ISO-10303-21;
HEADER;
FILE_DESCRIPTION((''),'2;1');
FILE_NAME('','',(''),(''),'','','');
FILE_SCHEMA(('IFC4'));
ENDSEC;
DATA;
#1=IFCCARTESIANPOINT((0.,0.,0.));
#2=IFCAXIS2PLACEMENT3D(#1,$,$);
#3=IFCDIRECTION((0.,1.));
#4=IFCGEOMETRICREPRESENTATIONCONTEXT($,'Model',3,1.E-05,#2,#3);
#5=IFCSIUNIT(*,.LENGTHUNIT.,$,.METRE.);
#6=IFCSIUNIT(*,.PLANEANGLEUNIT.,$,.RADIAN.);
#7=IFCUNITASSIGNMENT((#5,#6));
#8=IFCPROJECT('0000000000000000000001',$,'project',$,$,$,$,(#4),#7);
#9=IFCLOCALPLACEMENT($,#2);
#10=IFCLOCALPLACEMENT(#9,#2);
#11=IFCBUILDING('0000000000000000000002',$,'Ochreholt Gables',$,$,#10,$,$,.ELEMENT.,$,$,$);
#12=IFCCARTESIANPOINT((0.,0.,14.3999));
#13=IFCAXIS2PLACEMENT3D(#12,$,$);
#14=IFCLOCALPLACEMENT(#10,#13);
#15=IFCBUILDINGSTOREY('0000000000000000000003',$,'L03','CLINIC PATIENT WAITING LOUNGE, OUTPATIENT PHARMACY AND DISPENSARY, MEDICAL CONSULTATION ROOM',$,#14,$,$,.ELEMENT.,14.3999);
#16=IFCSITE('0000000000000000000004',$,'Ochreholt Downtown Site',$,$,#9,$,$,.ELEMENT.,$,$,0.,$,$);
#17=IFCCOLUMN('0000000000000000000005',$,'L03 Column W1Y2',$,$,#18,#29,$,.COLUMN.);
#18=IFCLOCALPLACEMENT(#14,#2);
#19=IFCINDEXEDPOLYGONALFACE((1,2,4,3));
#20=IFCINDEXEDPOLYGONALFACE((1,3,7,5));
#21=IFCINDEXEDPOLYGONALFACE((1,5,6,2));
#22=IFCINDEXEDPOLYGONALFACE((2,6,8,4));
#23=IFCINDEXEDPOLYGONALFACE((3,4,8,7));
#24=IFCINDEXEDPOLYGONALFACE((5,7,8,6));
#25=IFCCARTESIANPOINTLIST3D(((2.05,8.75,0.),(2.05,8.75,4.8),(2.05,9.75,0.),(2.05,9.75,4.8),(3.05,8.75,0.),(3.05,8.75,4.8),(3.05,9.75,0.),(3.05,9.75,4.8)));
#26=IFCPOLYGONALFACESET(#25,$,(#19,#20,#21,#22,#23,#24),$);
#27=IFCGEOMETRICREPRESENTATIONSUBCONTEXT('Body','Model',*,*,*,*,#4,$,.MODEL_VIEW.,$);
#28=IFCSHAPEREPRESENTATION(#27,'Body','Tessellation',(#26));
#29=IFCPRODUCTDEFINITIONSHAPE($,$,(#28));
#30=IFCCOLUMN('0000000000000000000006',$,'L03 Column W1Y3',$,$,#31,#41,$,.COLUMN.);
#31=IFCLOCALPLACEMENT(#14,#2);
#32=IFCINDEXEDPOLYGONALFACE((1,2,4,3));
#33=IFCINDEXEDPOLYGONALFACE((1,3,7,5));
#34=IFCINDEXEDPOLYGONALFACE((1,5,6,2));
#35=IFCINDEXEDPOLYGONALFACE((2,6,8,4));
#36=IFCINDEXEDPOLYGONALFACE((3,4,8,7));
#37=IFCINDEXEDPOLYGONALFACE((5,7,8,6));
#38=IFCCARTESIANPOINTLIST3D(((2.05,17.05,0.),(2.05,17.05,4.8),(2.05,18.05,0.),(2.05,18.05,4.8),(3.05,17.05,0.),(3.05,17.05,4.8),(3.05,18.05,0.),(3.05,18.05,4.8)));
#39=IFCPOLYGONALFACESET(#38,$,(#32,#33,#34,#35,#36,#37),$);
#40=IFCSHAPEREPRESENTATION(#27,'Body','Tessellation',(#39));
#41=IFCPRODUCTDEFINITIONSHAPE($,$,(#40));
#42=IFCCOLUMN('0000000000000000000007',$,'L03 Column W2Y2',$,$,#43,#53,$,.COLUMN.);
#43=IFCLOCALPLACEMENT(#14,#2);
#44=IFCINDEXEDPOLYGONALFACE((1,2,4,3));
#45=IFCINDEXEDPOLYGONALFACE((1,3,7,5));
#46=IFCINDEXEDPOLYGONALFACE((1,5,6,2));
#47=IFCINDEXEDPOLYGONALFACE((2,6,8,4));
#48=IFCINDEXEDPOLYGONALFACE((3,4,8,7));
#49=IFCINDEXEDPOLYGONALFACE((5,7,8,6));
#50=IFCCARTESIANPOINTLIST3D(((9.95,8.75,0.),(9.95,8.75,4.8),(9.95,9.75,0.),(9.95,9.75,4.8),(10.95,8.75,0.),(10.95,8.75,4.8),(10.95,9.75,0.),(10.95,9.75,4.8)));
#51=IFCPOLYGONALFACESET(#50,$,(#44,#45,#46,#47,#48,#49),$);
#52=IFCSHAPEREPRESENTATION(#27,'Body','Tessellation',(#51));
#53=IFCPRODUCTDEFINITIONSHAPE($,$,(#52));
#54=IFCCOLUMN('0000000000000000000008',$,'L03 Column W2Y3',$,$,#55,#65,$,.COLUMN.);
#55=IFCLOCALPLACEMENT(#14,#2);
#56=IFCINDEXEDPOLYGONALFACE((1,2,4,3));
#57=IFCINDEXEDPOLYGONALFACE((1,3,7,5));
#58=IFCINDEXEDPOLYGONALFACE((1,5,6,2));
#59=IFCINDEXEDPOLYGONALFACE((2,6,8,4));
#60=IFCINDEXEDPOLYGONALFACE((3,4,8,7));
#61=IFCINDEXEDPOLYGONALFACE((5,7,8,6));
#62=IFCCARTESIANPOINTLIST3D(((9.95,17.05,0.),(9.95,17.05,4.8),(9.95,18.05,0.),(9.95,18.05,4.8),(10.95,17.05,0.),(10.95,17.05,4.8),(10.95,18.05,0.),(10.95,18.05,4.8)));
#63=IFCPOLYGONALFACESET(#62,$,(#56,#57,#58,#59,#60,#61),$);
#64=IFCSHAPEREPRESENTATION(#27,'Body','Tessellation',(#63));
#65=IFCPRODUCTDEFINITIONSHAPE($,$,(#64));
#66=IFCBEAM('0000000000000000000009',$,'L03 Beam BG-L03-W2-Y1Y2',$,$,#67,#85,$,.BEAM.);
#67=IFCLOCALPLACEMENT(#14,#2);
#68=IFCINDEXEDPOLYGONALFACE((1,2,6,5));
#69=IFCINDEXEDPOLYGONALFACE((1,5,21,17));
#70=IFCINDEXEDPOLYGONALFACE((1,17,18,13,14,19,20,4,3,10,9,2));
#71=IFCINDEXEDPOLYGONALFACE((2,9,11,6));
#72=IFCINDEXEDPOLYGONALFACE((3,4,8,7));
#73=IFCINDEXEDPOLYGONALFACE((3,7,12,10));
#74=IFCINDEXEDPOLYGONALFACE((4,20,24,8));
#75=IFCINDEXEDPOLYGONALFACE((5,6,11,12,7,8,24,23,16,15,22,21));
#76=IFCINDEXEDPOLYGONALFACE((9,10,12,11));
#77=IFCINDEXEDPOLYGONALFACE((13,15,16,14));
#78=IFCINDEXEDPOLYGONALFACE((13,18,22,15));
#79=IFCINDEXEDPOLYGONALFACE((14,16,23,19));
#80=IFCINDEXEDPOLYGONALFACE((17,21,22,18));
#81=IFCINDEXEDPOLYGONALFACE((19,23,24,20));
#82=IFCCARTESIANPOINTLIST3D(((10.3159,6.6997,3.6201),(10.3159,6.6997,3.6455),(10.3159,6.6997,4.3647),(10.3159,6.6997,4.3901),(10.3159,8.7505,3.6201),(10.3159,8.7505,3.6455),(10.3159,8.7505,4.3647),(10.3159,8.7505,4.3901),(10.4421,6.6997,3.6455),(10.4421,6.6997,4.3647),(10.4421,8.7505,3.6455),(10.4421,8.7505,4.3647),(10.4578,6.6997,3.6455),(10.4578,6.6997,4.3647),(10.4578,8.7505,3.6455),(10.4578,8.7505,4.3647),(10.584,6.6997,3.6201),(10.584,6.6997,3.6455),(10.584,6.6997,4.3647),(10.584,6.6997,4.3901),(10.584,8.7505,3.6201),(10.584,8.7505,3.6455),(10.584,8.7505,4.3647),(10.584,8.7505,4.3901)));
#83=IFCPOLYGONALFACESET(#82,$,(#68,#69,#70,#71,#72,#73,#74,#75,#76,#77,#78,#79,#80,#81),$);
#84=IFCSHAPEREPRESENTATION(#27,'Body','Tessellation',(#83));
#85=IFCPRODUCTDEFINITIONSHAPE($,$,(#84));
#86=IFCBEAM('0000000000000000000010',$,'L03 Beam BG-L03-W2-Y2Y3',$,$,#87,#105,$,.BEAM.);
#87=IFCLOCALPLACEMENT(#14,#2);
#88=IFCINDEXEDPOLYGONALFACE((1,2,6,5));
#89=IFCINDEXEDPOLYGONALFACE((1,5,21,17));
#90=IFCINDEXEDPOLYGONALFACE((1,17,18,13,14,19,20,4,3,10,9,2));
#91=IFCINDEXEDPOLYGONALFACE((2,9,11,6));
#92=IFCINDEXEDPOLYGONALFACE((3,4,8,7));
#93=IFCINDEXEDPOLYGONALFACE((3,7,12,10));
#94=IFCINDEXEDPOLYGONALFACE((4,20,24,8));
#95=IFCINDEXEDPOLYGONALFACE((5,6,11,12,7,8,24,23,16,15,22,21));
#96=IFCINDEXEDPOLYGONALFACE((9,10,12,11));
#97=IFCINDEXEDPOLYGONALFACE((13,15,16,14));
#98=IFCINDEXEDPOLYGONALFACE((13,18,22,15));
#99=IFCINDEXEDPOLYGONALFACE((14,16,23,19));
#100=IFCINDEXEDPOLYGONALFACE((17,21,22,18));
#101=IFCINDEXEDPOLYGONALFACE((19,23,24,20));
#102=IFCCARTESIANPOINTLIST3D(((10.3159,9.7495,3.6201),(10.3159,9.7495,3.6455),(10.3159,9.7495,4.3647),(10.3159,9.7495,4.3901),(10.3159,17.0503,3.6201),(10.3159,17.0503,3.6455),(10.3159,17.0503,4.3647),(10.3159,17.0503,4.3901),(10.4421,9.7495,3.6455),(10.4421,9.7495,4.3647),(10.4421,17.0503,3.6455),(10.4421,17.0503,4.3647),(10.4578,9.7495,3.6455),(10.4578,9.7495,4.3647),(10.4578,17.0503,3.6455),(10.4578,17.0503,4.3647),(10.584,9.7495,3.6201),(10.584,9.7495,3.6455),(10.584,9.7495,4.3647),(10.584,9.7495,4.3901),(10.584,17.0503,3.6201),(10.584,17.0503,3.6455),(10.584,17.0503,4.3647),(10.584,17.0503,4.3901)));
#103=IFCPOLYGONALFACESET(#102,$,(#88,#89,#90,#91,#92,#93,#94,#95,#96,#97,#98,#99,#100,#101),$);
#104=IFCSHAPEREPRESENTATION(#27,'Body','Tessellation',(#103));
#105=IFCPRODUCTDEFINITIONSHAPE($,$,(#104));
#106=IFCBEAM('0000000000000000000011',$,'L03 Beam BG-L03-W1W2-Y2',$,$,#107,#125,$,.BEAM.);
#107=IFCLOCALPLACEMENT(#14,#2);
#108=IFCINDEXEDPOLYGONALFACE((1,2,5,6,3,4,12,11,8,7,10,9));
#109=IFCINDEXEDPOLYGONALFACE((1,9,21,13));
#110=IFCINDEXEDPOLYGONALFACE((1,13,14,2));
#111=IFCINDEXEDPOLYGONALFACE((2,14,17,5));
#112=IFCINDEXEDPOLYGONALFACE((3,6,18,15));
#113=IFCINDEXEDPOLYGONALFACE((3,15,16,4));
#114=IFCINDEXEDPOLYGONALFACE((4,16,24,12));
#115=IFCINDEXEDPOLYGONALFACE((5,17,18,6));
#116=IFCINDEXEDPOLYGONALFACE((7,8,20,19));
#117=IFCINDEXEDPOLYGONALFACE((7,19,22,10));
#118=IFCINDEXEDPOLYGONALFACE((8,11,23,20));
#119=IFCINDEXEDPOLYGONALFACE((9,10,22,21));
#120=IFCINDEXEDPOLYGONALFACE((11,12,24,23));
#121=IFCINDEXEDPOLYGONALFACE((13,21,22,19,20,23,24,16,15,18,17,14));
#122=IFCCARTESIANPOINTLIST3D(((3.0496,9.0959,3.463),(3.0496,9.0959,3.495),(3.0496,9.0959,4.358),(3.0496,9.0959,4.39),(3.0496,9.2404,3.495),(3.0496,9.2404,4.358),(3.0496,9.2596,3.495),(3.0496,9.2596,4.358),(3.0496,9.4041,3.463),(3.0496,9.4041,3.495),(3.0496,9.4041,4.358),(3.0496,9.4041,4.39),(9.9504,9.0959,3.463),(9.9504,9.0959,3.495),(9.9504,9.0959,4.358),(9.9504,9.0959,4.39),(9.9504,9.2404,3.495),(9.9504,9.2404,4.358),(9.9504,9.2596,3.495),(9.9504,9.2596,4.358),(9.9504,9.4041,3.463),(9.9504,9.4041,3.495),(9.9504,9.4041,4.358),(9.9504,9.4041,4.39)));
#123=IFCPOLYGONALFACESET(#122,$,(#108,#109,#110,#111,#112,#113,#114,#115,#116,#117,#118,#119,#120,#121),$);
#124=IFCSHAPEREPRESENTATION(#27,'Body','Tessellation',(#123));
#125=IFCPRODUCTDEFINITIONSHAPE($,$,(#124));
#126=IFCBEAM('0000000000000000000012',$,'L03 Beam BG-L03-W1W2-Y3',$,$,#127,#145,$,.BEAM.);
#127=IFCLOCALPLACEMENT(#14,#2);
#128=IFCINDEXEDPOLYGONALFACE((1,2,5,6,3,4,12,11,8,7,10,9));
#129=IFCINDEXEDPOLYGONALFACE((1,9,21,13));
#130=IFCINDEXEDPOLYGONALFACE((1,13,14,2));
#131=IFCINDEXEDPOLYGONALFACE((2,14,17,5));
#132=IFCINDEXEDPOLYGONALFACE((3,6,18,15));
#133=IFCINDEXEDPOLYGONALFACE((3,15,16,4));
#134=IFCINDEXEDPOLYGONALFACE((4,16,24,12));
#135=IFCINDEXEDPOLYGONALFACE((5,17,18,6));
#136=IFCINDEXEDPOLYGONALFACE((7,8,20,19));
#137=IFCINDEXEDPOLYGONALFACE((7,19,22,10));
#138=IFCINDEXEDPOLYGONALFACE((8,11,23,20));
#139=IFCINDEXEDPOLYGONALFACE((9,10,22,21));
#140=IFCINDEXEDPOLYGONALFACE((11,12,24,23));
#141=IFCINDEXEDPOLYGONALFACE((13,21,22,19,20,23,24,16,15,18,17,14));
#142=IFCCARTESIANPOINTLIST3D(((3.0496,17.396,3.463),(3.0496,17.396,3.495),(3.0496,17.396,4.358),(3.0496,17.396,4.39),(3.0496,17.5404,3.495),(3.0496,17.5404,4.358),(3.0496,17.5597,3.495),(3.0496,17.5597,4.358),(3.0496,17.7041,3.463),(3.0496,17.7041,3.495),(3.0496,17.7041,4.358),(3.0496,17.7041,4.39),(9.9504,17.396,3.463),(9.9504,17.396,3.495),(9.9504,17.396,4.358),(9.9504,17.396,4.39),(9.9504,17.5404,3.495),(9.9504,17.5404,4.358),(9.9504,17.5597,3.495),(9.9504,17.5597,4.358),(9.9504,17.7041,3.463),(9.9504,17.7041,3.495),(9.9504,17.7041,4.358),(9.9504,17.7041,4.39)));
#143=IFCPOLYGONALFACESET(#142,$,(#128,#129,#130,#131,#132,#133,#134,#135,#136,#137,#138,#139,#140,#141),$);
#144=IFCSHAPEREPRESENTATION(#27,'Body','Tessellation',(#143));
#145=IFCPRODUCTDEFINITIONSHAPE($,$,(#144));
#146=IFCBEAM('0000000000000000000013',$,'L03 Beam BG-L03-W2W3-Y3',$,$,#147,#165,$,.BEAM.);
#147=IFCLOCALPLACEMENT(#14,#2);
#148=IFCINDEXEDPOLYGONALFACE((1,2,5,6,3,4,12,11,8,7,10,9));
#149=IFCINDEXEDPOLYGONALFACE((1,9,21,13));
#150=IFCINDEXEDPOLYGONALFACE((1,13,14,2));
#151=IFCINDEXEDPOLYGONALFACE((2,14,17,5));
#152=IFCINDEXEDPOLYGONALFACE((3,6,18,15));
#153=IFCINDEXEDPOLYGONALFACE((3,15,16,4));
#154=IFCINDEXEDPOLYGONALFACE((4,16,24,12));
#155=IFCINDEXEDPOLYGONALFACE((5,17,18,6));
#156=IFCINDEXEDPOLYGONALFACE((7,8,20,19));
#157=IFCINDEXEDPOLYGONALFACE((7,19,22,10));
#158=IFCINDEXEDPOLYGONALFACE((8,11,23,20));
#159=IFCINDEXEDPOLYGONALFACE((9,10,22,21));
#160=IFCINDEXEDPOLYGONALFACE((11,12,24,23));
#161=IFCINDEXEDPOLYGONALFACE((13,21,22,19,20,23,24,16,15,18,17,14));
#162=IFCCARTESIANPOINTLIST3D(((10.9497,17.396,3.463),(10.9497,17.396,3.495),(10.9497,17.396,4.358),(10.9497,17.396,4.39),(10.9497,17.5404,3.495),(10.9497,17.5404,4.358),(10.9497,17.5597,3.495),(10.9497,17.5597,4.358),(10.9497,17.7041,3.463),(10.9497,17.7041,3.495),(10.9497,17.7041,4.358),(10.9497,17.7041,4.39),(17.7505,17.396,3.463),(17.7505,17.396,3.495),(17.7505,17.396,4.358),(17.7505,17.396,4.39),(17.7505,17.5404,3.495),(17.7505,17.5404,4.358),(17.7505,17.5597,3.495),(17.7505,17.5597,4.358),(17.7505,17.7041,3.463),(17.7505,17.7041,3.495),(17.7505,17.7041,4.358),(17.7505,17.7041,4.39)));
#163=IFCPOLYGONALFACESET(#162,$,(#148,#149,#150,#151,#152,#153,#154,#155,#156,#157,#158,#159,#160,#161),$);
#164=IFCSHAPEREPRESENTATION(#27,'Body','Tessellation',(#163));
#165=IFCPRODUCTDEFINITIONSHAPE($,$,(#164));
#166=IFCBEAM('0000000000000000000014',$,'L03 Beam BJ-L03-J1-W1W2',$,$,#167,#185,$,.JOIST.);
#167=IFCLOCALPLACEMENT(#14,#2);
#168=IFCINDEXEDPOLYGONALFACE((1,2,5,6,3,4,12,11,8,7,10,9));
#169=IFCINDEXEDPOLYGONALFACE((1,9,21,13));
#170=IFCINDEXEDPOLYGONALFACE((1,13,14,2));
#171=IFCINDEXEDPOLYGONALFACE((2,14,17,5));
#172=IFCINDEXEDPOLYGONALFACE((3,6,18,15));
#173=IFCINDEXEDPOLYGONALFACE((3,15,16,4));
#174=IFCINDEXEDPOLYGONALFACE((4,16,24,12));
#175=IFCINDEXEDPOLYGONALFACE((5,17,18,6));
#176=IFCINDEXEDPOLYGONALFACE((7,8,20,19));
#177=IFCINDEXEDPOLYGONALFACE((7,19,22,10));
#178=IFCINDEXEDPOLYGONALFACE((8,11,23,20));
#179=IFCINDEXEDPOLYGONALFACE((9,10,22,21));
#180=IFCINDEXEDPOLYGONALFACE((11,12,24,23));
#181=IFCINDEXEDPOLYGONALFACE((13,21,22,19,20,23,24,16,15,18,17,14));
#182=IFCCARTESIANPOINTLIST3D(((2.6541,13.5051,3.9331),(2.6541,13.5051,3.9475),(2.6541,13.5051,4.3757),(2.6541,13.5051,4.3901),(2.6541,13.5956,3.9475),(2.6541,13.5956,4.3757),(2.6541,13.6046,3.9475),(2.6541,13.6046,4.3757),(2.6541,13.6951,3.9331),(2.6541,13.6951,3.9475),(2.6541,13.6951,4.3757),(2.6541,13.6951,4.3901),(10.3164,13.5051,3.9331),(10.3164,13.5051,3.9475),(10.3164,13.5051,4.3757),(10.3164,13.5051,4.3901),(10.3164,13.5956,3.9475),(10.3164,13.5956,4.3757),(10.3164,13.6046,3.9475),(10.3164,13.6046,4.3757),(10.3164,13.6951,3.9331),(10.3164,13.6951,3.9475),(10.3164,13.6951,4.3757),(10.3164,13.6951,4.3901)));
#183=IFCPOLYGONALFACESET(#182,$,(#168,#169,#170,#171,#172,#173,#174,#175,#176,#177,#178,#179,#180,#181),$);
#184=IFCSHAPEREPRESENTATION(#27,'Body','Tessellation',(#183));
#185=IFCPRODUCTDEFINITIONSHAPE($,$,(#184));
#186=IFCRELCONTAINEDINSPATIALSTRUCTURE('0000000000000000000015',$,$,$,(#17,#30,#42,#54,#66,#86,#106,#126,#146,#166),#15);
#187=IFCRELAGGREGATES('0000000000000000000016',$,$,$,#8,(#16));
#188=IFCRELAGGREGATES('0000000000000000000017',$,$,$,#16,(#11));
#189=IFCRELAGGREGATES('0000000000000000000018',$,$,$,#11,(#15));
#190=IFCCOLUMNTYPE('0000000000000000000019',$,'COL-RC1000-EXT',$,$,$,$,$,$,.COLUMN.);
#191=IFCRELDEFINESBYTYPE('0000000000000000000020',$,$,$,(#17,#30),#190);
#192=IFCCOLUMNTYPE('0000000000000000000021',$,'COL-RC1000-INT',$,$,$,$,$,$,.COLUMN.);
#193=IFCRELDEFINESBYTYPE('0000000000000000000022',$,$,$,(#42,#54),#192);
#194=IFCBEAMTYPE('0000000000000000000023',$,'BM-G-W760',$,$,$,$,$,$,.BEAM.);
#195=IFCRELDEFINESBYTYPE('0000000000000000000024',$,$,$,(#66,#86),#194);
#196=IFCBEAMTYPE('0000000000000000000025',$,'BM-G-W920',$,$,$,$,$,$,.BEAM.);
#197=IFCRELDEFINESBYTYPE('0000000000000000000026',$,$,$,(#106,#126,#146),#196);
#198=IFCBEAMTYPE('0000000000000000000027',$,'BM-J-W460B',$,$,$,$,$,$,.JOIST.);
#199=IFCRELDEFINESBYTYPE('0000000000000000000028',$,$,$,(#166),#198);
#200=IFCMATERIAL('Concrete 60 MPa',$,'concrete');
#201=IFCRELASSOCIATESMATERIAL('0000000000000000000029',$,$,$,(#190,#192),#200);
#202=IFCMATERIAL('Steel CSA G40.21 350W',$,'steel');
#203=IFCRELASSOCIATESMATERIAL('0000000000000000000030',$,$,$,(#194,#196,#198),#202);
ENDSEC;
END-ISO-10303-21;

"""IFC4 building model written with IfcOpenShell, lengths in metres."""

from ifc_helpers import new_model, si_unit, direction, frame, origin, origin_2d, place, context, subcontext, project, spatial, rectangle, i_section, extrude, material, material_profile, profile_set, type_object, element, save


model = new_model("IFC4")

# Units and contexts
model_context = context("Model", 3, precision=1e-05, world=origin(), true_north=direction((0.0, 1.0)))
body_context = subcontext(model_context, "Body", "Model", "MODEL_VIEW")
ifc_project = project(units=[si_unit("LENGTHUNIT", "METRE"), si_unit("PLANEANGLEUNIT", "RADIAN")], contexts=[model_context])

# Site, building, storey
site_placement = place(None, origin())
site = spatial("IfcSite", under=ifc_project, at=site_placement, Name="Ochreholt Downtown Site", CompositionType="ELEMENT", RefElevation=0.0)
building_placement = place(site_placement, origin())
building = spatial("IfcBuilding", under=site, at=building_placement, Name="Ochreholt Gables", CompositionType="ELEMENT")
storey_placement = place(building_placement, frame((0.0, 0.0, 14.3999)))
storey = spatial("IfcBuildingStorey", under=building, at=storey_placement, Name="L03", Description="CLINIC PATIENT WAITING LOUNGE, OUTPATIENT PHARMACY AND DISPENSARY, MEDICAL CONSULTATION ROOM", CompositionType="ELEMENT", Elevation=14.3999)

# Columns
ifc_material_1 = material(Name="Concrete 60 MPa", Category="concrete")
ifc_material_profile_1 = material_profile(ifc_material_1, rectangle(XDim=1.0, YDim=1.0, at=origin_2d()), Name="RC1000X1000")
ifc_profile_set_1 = profile_set([ifc_material_profile_1], Name="Concrete 60 MPa")
column_type_1 = type_object("IfcColumnType", Name="COL-RC1000-EXT", PredefinedType="COLUMN", material=ifc_profile_set_1)
for number, where, z_axis, x_axis, name in (
    (1, (2.55, 9.25, 0.0), (0.0, 0.0, 1.0), (1.0, 0.0, 0.0), "L03 Column W1Y2"),
    (2, (2.55, 17.55, 0.0), (0.0, 0.0, 1.0), (1.0, 0.0, 0.0), "L03 Column W1Y3"),
):
    element("IfcColumn", number, at=place(storey_placement, frame(where, z_axis=z_axis, x_axis=x_axis)), inside=storey, type_object=column_type_1, Name=name, PredefinedType="COLUMN", context=body_context, shape_type="SweptSolid", body=[
        extrude(rectangle(XDim=1.0, YDim=1.0, at=origin_2d()), origin(), (0.0, 0.0, 1.0), 4.8),
    ])
ifc_material_profile_2 = material_profile(ifc_material_1, rectangle(XDim=1.0, YDim=1.0, at=origin_2d()), Name="RC1000X1000")
ifc_profile_set_2 = profile_set([ifc_material_profile_2], Name="Concrete 60 MPa")
column_type_2 = type_object("IfcColumnType", Name="COL-RC1000-INT", PredefinedType="COLUMN", material=ifc_profile_set_2)
for number, where, z_axis, x_axis, name in (
    (3, (10.45, 9.25, 0.0), (0.0, 0.0, 1.0), (1.0, 0.0, 0.0), "L03 Column W2Y2"),
    (4, (10.45, 17.55, 0.0), (0.0, 0.0, 1.0), (1.0, 0.0, 0.0), "L03 Column W2Y3"),
):
    element("IfcColumn", number, at=place(storey_placement, frame(where, z_axis=z_axis, x_axis=x_axis)), inside=storey, type_object=column_type_2, Name=name, PredefinedType="COLUMN", context=body_context, shape_type="SweptSolid", body=[
        extrude(rectangle(XDim=1.0, YDim=1.0, at=origin_2d()), origin(), (0.0, 0.0, 1.0), 4.8),
    ])

# Beams
ifc_material_2 = material(Name="Steel CSA G40.21 350W", Category="steel")
ifc_material_profile_3 = material_profile(ifc_material_2, i_section(OverallWidth=0.2681, OverallDepth=0.77, WebThickness=0.0156, FlangeThickness=0.0254, at=origin_2d()), Name="W760X196")
ifc_profile_set_3 = profile_set([ifc_material_profile_3], Name="Steel CSA G40.21 350W")
beam_type_1 = type_object("IfcBeamType", Name="BM-G-W760", PredefinedType="BEAM", material=ifc_profile_set_3)
beam_1_placement = place(storey_placement, frame((10.45, 6.6997, 4.0051), z_axis=(0.0, 1.0, 0.0), x_axis=(-1.0, 0.0, 0.0)))
element("IfcBeam", 5, at=beam_1_placement, inside=storey, type_object=beam_type_1, Name="L03 Beam BG-L03-W2-Y1Y2", PredefinedType="BEAM", context=body_context, shape_type="SweptSolid", body=[
    extrude(i_section(OverallWidth=0.2681, OverallDepth=0.77, WebThickness=0.0156, FlangeThickness=0.0254, at=origin_2d()), origin(), (0.0, 0.0, 1.0), 2.0508),
])
beam_2_placement = place(storey_placement, frame((10.45, 9.7495, 4.0051), z_axis=(0.0, 1.0, 0.0), x_axis=(-1.0, 0.0, 0.0)))
element("IfcBeam", 6, at=beam_2_placement, inside=storey, type_object=beam_type_1, Name="L03 Beam BG-L03-W2-Y2Y3", PredefinedType="BEAM", context=body_context, shape_type="SweptSolid", body=[
    extrude(i_section(OverallWidth=0.2681, OverallDepth=0.77, WebThickness=0.0156, FlangeThickness=0.0254, at=origin_2d()), origin(), (0.0, 0.0, 1.0), 7.3008),
])
ifc_material_profile_4 = material_profile(ifc_material_2, i_section(OverallWidth=0.3081, OverallDepth=0.927, WebThickness=0.0193, FlangeThickness=0.032, at=origin_2d()), Name="W920X289")
ifc_profile_set_4 = profile_set([ifc_material_profile_4], Name="Steel CSA G40.21 350W")
beam_type_2 = type_object("IfcBeamType", Name="BM-G-W920", PredefinedType="BEAM", material=ifc_profile_set_4)
for number, where, z_axis, x_axis, name in (
    (7, (3.0496, 9.25, 3.9265), (1.0, 0.0, 0.0), (0.0, 1.0, 0.0), "L03 Beam BG-L03-W1W2-Y2"),
    (8, (3.0496, 17.55, 3.9265), (1.0, 0.0, 0.0), (0.0, 1.0, 0.0), "L03 Beam BG-L03-W1W2-Y3"),
):
    element("IfcBeam", number, at=place(storey_placement, frame(where, z_axis=z_axis, x_axis=x_axis)), inside=storey, type_object=beam_type_2, Name=name, PredefinedType="BEAM", context=body_context, shape_type="SweptSolid", body=[
        extrude(i_section(OverallWidth=0.3081, OverallDepth=0.927, WebThickness=0.0193, FlangeThickness=0.032, at=origin_2d()), origin(), (0.0, 0.0, 1.0), 6.9009),
    ])
beam_3_placement = place(storey_placement, frame((10.9497, 17.55, 3.9265), z_axis=(1.0, 0.0, 0.0), x_axis=(0.0, 1.0, 0.0)))
element("IfcBeam", 9, at=beam_3_placement, inside=storey, type_object=beam_type_2, Name="L03 Beam BG-L03-W2W3-Y3", PredefinedType="BEAM", context=body_context, shape_type="SweptSolid", body=[
    extrude(i_section(OverallWidth=0.3081, OverallDepth=0.927, WebThickness=0.0193, FlangeThickness=0.032, at=origin_2d()), origin(), (0.0, 0.0, 1.0), 6.8008),
])
ifc_material_profile_5 = material_profile(ifc_material_2, i_section(OverallWidth=0.1899, OverallDepth=0.457, WebThickness=0.009, FlangeThickness=0.0144, at=origin_2d()), Name="W460X74")
ifc_profile_set_5 = profile_set([ifc_material_profile_5], Name="Steel CSA G40.21 350W")
beam_type_3 = type_object("IfcBeamType", Name="BM-J-W460B", PredefinedType="JOIST", material=ifc_profile_set_5)
beam_4_placement = place(storey_placement, frame((2.6541, 13.6001, 4.1616), z_axis=(1.0, 0.0, 0.0), x_axis=(0.0, 1.0, 0.0)))
element("IfcBeam", 10, at=beam_4_placement, inside=storey, type_object=beam_type_3, Name="L03 Beam BJ-L03-J1-W1W2", PredefinedType="JOIST", context=body_context, shape_type="SweptSolid", body=[
    extrude(i_section(OverallWidth=0.1899, OverallDepth=0.457, WebThickness=0.009, FlangeThickness=0.0144, at=origin_2d()), origin(), (0.0, 0.0, 1.0), 7.6624),
])

save(model, "model.ifc")
